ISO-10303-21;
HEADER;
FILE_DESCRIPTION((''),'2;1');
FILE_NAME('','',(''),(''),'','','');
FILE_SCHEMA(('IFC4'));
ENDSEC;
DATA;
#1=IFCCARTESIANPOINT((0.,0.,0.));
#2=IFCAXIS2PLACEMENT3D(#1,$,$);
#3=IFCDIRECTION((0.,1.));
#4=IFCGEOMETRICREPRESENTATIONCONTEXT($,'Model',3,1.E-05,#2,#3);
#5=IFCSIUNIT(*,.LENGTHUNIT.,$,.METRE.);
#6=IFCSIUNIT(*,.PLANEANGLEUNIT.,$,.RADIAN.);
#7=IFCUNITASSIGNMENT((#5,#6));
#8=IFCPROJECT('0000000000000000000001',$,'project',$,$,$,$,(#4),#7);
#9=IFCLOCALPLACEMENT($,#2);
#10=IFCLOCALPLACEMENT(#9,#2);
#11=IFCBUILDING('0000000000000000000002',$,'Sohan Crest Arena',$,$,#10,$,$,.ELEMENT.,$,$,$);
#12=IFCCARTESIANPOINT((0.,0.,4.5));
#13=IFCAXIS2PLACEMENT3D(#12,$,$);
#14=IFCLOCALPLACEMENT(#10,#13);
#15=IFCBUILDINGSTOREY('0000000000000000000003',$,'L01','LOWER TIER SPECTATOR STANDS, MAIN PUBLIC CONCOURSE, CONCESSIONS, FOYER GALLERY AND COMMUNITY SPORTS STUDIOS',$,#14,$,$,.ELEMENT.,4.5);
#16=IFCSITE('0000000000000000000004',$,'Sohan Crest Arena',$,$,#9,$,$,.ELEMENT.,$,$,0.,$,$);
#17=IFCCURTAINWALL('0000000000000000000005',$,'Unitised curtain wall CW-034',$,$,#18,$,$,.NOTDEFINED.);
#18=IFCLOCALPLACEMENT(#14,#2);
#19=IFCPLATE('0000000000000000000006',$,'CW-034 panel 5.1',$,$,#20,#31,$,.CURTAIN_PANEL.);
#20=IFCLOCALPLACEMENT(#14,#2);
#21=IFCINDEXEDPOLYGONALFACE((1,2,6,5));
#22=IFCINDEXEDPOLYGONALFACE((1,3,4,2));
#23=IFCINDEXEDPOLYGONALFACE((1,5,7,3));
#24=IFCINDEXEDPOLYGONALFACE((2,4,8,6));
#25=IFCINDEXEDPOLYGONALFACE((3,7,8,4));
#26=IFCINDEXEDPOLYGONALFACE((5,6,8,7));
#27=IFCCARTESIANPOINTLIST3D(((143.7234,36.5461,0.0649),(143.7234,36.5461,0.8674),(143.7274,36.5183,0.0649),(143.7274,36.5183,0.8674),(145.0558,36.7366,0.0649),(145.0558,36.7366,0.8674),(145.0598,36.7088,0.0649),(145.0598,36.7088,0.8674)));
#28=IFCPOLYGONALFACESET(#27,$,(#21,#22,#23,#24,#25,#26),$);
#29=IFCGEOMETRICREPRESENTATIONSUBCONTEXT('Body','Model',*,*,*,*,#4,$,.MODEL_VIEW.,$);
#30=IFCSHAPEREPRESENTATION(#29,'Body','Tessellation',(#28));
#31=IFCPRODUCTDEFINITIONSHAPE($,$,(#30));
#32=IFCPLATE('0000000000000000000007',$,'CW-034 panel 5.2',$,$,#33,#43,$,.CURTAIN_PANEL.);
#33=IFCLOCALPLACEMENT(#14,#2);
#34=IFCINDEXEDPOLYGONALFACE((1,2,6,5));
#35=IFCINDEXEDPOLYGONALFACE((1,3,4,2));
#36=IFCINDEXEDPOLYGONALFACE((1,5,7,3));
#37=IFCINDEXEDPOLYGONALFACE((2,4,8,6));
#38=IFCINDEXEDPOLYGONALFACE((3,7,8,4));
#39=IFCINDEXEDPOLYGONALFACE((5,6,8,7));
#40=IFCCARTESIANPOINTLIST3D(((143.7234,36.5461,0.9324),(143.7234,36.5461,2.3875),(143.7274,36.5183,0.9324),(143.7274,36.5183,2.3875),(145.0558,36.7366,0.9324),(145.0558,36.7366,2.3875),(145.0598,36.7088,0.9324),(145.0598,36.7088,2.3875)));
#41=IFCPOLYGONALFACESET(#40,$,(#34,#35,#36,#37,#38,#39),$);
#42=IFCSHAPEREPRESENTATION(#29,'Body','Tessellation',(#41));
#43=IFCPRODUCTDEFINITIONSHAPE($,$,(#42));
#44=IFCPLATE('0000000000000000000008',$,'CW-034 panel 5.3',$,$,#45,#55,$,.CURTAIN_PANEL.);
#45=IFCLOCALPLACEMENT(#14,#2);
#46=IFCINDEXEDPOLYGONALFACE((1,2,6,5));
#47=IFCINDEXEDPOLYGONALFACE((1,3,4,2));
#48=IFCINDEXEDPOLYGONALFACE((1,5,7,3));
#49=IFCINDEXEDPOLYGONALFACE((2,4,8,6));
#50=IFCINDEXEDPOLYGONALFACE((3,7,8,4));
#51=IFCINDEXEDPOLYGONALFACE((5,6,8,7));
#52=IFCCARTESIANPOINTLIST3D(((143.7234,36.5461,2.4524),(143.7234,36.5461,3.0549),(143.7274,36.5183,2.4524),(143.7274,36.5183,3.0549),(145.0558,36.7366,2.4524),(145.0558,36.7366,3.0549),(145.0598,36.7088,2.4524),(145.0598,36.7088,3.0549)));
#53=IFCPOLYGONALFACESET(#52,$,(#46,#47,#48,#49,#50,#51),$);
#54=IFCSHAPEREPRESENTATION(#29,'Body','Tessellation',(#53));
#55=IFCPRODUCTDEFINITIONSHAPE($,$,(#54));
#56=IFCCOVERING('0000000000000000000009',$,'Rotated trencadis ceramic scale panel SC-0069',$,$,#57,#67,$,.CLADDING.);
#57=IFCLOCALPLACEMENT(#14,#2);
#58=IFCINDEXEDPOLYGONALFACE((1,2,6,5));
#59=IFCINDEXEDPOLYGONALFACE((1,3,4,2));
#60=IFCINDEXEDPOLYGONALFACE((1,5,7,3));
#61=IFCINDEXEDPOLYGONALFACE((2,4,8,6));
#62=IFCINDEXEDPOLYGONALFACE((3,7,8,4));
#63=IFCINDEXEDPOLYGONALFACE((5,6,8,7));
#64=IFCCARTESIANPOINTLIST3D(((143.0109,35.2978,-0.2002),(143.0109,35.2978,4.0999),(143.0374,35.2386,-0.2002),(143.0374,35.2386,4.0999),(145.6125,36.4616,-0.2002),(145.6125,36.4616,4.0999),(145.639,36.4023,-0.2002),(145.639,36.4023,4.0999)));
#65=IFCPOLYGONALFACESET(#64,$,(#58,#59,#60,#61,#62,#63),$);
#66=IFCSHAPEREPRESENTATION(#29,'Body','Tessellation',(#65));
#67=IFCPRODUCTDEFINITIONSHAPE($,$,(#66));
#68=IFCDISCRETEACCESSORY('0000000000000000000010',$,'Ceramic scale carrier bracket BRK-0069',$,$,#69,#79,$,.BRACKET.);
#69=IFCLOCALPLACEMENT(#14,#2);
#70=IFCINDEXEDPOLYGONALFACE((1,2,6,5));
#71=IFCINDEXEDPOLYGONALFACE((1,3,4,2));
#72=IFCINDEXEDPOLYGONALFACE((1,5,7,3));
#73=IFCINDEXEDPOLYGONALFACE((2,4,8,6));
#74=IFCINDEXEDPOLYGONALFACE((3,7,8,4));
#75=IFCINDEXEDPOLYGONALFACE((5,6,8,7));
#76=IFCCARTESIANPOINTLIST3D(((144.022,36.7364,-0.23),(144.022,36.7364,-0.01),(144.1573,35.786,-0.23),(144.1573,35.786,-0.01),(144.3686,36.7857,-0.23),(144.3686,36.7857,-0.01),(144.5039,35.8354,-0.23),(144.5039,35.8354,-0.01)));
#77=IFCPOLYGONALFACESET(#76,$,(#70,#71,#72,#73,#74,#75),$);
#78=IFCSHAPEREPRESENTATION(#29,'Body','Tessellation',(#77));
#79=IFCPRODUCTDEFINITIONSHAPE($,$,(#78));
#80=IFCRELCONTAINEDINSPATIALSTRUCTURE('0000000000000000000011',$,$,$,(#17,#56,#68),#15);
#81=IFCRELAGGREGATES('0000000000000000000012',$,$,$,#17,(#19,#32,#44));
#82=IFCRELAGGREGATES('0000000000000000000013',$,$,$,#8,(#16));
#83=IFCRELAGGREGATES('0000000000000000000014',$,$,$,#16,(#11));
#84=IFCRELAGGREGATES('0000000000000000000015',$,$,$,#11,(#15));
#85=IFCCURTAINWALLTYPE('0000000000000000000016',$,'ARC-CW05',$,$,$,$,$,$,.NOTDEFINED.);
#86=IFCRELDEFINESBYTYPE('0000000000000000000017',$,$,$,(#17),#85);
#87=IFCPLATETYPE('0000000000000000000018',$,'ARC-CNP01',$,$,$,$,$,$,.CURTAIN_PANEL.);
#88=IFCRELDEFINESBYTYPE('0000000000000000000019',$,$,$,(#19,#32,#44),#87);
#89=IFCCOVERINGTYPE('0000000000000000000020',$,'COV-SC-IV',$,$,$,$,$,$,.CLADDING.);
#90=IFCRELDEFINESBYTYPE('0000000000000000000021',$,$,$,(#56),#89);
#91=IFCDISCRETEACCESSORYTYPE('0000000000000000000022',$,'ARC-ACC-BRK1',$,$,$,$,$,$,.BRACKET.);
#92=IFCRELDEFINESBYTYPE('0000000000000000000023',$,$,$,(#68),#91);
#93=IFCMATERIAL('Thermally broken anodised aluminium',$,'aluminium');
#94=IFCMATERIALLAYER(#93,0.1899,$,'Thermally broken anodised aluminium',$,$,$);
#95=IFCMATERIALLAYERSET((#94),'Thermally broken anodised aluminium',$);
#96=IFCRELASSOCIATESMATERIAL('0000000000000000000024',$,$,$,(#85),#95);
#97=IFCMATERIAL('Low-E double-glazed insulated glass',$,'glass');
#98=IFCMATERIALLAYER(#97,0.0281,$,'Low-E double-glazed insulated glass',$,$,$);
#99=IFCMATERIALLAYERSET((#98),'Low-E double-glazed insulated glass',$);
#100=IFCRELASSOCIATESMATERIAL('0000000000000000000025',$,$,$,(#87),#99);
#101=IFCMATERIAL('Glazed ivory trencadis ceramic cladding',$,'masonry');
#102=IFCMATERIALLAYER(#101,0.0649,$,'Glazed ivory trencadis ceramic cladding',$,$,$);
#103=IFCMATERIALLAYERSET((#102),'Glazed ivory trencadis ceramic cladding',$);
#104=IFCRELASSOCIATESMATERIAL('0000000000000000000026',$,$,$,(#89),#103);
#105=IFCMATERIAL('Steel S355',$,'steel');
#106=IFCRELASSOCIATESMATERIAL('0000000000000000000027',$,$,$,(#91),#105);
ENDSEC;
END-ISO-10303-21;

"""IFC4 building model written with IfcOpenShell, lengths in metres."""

from ifc_helpers import new_model, si_unit, direction, frame, origin, origin_2d, place, context, subcontext, project, spatial, rectangle, extrude, material, layer, layer_set, type_object, element, aggregate, save


model = new_model("IFC4")

# Units and contexts
model_context = context("Model", 3, precision=1e-05, world=origin(), true_north=direction((0.0, 1.0)))
body_context = subcontext(model_context, "Body", "Model", "MODEL_VIEW")
ifc_project = project(units=[si_unit("LENGTHUNIT", "METRE"), si_unit("PLANEANGLEUNIT", "RADIAN")], contexts=[model_context])

# Site, building, storey
site_placement = place(None, origin())
site = spatial("IfcSite", under=ifc_project, at=site_placement, Name="Sohan Crest Arena", CompositionType="ELEMENT", RefElevation=0.0)
building_placement = place(site_placement, origin())
building = spatial("IfcBuilding", under=site, at=building_placement, Name="Sohan Crest Arena", CompositionType="ELEMENT")
storey_placement = place(building_placement, frame((0.0, 0.0, 4.5)))
storey = spatial("IfcBuildingStorey", under=building, at=storey_placement, Name="L01", Description="LOWER TIER SPECTATOR STANDS, MAIN PUBLIC CONCOURSE, CONCESSIONS, FOYER GALLERY AND COMMUNITY SPORTS STUDIOS", CompositionType="ELEMENT", Elevation=4.5)

# Curtain wall, plates
ifc_material_1 = material(Name="Thermally broken anodised aluminium", Category="aluminium")
ifc_layer_1 = layer(ifc_material_1, 0.1899, Name="Thermally broken anodised aluminium")
ifc_layer_set_1 = layer_set([ifc_layer_1], Name="Thermally broken anodised aluminium")
curtain_wall_type = type_object("IfcCurtainWallType", Name="ARC-CW05", PredefinedType="NOTDEFINED", material=ifc_layer_set_1)
curtain_wall_placement = place(storey_placement, origin())
curtain_wall = element("IfcCurtainWall", 1, at=curtain_wall_placement, inside=storey, type_object=curtain_wall_type, Name="Unitised curtain wall CW-034", PredefinedType="NOTDEFINED")
ifc_material_2 = material(Name="Low-E double-glazed insulated glass", Category="glass")
ifc_layer_2 = layer(ifc_material_2, 0.0281, Name="Low-E double-glazed insulated glass")
ifc_layer_set_2 = layer_set([ifc_layer_2], Name="Low-E double-glazed insulated glass")
plate_type = type_object("IfcPlateType", Name="ARC-CNP01", PredefinedType="CURTAIN_PANEL", material=ifc_layer_set_2)
plate_1_placement = place(storey_placement, frame((144.3916, 36.6274, 0.0649), z_axis=(0.0, 0.0, 1.0), x_axis=(0.989931, 0.141549, 0.0)))
plate_1 = element("IfcPlate", 2, at=plate_1_placement, type_object=plate_type, Name="CW-034 panel 5.1", PredefinedType="CURTAIN_PANEL", context=body_context, shape_type="SweptSolid", body=[
    extrude(rectangle(XDim=1.3459, YDim=0.0281, at=origin_2d()), origin(), (0.0, 0.0, 1.0), 0.8025),
])
plate_2_placement = place(storey_placement, frame((144.3916, 36.6274, 0.9324), z_axis=(0.0, 0.0, 1.0), x_axis=(0.989931, 0.141549, 0.0)))
plate_2 = element("IfcPlate", 3, at=plate_2_placement, type_object=plate_type, Name="CW-034 panel 5.2", PredefinedType="CURTAIN_PANEL", context=body_context, shape_type="SweptSolid", body=[
    extrude(rectangle(XDim=1.3459, YDim=0.0281, at=origin_2d()), origin(), (0.0, 0.0, 1.0), 1.4551),
])
plate_3_placement = place(storey_placement, frame((144.3916, 36.6274, 2.4524), z_axis=(0.0, 0.0, 1.0), x_axis=(0.989931, 0.141549, 0.0)))
plate_3 = element("IfcPlate", 4, at=plate_3_placement, type_object=plate_type, Name="CW-034 panel 5.3", PredefinedType="CURTAIN_PANEL", context=body_context, shape_type="SweptSolid", body=[
    extrude(rectangle(XDim=1.3459, YDim=0.0281, at=origin_2d()), origin(), (0.0, 0.0, 1.0), 0.6025),
])
aggregate(curtain_wall, [plate_1, plate_2, plate_3])

# Covering
ifc_material_3 = material(Name="Glazed ivory trencadis ceramic cladding", Category="masonry")
ifc_layer_3 = layer(ifc_material_3, 0.0649, Name="Glazed ivory trencadis ceramic cladding")
ifc_layer_set_3 = layer_set([ifc_layer_3], Name="Glazed ivory trencadis ceramic cladding")
covering_type = type_object("IfcCoveringType", Name="COV-SC-IV", PredefinedType="CLADDING", material=ifc_layer_set_3)
covering_placement = place(storey_placement, frame((144.325, 35.8501, -0.2002), z_axis=(0.0, 0.0, 1.0), x_axis=(0.912834, 0.40833, 0.0)))
element("IfcCovering", 5, at=covering_placement, inside=storey, type_object=covering_type, Name="Rotated trencadis ceramic scale panel SC-0069", PredefinedType="CLADDING", context=body_context, shape_type="SweptSolid", body=[
    extrude(rectangle(XDim=2.8501, YDim=0.0649, at=origin_2d()), origin(), (0.0, 0.0, 1.0), 4.3),
])

# Discrete accessory
ifc_material_4 = material(Name="Steel S355", Category="steel")
discrete_accessory_type = type_object("IfcDiscreteAccessoryType", Name="ARC-ACC-BRK1", PredefinedType="BRACKET", material=ifc_material_4)
discrete_accessory_placement = place(storey_placement, frame((144.2629, 36.2859, -0.23), z_axis=(0.0, 0.0, 1.0), x_axis=(0.990024, 0.140901, 0.0)))
element("IfcDiscreteAccessory", 6, at=discrete_accessory_placement, inside=storey, type_object=discrete_accessory_type, Name="Ceramic scale carrier bracket BRK-0069", PredefinedType="BRACKET", context=body_context, shape_type="SweptSolid", body=[
    extrude(rectangle(XDim=0.3501, YDim=0.96, at=origin_2d()), origin(), (0.0, 0.0, 1.0), 0.22),
])

save(model, "model.ifc")
